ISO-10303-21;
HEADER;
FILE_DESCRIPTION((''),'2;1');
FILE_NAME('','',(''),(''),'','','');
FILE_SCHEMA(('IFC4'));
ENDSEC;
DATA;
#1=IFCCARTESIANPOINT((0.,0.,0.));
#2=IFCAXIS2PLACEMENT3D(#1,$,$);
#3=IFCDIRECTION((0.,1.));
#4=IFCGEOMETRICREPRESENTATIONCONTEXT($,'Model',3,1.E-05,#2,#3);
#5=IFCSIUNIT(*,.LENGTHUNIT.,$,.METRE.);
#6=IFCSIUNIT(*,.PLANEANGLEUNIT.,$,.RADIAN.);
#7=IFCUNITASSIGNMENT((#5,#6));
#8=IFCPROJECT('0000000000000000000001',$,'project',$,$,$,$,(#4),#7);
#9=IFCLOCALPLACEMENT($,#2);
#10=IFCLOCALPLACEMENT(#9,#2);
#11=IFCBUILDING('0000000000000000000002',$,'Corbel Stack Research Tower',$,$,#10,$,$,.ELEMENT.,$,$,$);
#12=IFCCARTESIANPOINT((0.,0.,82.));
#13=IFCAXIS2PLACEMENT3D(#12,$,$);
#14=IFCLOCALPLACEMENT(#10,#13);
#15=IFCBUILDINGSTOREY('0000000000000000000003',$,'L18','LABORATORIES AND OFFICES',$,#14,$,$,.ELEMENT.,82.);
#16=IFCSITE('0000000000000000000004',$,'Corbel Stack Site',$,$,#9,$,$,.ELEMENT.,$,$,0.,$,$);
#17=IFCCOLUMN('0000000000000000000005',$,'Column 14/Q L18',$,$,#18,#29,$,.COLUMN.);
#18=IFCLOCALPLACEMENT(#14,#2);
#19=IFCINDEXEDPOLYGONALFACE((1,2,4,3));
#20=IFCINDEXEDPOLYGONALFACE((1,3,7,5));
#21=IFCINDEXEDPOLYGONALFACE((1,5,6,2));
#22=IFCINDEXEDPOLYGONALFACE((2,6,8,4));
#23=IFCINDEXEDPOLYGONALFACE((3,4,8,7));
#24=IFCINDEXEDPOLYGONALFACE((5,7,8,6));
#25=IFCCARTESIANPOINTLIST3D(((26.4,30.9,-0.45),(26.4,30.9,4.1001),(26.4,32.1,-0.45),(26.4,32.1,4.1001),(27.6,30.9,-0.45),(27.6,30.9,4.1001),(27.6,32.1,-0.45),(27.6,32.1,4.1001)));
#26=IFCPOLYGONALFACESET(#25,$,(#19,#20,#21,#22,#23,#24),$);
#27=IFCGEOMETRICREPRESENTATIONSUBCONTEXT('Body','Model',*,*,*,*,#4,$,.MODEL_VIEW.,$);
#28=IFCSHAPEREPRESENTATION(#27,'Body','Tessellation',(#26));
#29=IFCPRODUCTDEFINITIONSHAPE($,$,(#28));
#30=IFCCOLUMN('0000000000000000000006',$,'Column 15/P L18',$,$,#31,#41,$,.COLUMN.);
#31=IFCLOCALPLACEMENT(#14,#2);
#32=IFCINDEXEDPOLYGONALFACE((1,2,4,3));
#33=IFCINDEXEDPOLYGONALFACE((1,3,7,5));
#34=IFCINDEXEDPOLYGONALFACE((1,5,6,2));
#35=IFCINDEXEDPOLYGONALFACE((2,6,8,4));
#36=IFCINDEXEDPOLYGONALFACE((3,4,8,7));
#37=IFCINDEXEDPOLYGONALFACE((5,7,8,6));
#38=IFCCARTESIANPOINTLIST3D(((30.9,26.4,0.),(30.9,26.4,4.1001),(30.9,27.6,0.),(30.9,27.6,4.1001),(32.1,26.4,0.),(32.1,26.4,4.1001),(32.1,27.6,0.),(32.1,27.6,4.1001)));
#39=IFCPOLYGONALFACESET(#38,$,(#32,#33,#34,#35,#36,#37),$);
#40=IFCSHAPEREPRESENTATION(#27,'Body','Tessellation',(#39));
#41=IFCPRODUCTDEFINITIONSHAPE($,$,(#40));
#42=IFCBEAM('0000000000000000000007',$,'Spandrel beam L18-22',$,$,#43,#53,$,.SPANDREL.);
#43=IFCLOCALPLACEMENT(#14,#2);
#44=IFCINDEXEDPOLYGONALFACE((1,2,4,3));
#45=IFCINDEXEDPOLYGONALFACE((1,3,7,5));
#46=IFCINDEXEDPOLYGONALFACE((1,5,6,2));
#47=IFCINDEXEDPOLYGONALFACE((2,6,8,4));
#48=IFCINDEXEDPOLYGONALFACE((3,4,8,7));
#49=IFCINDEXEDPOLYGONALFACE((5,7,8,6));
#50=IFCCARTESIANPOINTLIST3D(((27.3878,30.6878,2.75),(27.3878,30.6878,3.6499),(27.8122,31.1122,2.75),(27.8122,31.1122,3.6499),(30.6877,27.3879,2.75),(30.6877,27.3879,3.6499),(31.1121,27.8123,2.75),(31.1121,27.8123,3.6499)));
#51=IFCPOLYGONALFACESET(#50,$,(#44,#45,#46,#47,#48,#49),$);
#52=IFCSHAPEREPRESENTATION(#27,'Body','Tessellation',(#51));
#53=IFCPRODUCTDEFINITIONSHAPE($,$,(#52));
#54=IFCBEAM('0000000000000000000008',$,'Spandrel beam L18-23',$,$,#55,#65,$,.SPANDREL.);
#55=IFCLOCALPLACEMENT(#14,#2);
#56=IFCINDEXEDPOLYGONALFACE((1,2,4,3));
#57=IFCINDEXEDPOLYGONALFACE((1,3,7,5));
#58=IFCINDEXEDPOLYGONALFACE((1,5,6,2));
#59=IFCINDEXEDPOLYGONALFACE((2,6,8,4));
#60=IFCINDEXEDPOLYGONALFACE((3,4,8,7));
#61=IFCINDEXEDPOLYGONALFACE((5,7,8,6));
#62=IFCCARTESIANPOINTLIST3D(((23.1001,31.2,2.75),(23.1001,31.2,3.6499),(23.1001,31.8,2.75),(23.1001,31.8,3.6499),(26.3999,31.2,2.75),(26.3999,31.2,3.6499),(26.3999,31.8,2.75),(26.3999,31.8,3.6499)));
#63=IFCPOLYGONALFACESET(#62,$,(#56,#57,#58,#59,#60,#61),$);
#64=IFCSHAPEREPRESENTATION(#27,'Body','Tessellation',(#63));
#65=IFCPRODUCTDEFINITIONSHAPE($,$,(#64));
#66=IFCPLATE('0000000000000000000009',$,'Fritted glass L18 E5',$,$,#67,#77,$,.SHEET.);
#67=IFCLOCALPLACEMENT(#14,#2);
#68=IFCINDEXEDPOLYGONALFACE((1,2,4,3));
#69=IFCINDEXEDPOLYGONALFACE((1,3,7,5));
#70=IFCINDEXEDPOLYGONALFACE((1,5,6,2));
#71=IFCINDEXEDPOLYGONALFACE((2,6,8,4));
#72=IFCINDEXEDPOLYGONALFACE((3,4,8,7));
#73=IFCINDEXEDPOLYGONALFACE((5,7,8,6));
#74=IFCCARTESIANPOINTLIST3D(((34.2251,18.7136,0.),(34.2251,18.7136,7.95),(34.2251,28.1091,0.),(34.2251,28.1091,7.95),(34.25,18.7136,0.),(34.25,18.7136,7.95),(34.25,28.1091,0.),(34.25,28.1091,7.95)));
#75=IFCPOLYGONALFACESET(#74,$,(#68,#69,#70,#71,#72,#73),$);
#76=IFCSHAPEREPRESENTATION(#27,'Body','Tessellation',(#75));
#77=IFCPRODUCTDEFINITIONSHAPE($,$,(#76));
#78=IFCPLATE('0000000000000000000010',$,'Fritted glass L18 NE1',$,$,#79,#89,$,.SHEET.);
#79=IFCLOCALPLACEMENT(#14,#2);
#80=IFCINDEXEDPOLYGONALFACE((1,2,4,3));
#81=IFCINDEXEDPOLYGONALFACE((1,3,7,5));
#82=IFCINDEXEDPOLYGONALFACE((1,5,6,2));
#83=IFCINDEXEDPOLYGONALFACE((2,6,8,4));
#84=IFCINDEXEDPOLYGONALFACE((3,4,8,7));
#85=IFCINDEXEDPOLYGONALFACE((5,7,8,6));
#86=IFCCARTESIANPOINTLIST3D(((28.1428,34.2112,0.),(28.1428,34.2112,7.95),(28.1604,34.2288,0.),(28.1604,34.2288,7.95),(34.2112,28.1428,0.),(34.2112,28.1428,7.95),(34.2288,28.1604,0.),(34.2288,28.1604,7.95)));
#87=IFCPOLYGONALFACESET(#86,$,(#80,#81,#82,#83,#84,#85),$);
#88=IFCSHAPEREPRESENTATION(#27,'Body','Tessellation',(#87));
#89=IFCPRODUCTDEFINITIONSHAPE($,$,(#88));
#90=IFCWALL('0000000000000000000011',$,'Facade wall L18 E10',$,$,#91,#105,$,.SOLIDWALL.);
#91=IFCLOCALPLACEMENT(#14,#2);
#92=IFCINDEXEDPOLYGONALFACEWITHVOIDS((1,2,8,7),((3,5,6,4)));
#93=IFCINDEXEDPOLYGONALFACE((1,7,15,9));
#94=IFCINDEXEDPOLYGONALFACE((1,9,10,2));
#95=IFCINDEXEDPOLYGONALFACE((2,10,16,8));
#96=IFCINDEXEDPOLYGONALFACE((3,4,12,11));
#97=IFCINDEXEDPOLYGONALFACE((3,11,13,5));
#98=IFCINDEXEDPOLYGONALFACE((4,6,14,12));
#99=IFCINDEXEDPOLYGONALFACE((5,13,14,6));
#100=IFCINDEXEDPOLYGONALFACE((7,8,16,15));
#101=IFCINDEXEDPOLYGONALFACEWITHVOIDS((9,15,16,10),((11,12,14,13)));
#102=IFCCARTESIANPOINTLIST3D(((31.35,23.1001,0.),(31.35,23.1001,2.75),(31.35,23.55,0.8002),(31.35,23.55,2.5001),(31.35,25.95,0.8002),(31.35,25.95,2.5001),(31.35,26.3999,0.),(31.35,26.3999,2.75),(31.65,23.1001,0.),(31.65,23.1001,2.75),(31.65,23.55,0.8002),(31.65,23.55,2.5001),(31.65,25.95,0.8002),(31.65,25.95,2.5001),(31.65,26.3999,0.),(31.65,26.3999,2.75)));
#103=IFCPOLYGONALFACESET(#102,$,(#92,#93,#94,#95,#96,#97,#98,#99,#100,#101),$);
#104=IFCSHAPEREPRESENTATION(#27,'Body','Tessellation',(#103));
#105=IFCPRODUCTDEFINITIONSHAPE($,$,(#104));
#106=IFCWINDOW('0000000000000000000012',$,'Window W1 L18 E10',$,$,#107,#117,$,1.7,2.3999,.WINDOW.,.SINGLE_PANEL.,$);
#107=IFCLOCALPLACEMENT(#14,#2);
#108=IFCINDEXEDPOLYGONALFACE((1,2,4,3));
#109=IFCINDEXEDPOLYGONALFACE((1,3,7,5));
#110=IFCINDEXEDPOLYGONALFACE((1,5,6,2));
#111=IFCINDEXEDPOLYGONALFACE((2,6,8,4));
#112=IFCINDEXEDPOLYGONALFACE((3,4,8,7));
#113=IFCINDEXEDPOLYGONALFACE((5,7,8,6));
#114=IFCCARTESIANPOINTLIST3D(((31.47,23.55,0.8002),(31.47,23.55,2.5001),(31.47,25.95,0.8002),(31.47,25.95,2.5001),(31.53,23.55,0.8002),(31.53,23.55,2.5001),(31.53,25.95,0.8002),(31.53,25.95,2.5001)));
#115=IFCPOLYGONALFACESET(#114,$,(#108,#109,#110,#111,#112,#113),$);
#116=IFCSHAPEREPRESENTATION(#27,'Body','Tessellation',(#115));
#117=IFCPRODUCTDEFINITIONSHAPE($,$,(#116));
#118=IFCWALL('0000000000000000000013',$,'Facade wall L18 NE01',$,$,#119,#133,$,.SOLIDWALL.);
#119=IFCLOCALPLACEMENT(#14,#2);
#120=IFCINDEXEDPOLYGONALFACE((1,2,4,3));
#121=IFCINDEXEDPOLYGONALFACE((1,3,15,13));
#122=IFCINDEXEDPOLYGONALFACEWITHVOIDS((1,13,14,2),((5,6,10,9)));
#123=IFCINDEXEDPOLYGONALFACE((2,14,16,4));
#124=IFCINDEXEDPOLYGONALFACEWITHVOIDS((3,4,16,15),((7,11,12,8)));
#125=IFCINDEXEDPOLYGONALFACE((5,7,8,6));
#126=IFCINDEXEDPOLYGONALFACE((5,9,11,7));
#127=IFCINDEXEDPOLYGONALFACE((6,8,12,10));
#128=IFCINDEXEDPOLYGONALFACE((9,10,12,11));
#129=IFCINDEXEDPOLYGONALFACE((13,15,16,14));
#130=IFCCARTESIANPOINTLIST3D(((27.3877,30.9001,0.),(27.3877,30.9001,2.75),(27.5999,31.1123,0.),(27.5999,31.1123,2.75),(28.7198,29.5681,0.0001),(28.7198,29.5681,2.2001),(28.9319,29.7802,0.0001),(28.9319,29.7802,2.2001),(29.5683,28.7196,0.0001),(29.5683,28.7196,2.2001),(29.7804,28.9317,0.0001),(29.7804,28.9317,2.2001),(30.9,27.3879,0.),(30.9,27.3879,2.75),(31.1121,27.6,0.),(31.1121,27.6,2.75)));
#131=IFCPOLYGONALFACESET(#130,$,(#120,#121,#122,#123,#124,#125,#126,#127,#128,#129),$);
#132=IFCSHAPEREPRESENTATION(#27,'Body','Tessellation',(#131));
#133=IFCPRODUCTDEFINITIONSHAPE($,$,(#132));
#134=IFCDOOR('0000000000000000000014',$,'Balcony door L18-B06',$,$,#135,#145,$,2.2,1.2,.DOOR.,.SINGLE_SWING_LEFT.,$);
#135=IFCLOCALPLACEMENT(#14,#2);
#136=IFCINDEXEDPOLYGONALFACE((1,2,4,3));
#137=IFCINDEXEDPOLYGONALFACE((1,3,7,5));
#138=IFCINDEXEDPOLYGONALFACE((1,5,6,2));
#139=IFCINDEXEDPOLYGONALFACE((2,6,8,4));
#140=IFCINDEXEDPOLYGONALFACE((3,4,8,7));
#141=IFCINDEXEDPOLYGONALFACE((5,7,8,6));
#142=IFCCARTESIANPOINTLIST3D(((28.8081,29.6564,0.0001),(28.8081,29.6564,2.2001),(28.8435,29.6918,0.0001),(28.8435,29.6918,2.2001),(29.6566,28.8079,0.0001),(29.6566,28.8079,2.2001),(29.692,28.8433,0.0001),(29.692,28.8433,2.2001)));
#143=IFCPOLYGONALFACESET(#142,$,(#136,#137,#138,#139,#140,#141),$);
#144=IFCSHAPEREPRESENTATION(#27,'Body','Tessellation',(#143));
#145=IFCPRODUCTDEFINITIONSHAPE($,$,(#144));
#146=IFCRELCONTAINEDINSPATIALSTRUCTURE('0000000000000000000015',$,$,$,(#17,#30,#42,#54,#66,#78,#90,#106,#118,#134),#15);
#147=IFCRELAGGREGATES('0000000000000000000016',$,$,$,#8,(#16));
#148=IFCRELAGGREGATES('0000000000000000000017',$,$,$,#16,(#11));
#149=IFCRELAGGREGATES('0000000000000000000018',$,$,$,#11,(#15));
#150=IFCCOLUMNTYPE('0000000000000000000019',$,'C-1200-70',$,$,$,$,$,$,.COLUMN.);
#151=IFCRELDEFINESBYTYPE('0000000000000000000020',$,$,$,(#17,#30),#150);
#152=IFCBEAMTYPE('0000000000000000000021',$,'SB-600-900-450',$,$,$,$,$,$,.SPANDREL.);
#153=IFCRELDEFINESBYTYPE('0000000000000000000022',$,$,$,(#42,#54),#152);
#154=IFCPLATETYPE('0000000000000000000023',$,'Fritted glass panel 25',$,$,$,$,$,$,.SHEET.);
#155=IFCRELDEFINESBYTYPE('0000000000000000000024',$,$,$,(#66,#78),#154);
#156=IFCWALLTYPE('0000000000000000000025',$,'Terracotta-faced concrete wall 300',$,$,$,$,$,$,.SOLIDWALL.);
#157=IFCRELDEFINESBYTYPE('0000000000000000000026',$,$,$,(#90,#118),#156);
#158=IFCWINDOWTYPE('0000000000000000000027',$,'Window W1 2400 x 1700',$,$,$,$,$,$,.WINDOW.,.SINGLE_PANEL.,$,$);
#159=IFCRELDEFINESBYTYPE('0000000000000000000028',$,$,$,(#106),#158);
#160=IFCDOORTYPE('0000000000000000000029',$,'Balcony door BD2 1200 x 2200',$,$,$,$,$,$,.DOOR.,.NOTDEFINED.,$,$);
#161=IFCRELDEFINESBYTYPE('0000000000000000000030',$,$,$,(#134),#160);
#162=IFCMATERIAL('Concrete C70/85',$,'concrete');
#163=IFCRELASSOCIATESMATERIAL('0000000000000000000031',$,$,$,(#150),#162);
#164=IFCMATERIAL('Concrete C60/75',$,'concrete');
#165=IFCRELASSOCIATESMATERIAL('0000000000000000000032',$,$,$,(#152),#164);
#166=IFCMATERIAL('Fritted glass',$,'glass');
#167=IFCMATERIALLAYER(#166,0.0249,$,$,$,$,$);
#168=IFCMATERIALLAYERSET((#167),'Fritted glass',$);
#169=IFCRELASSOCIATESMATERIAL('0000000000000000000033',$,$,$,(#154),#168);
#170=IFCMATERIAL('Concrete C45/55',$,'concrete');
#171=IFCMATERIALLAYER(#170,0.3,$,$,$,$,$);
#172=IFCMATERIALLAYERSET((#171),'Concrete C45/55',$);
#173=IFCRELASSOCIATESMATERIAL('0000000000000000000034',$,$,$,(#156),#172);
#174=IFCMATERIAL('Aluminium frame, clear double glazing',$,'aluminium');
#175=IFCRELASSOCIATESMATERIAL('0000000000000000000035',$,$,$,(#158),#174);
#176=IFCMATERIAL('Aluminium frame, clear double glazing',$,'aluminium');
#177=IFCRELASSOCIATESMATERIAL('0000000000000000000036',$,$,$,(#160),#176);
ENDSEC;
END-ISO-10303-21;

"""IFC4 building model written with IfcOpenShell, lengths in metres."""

from ifc_helpers import new_model, si_unit, direction, frame, frame_2d, origin, origin_2d, place, context, subcontext, project, spatial, rectangle, extrude, material, layer, layer_set, material_profile, profile_set, type_object, element, fill, save


model = new_model("IFC4")

# Units and contexts
model_context = context("Model", 3, precision=1e-05, world=origin(), true_north=direction((0.0, 1.0)))
body_context = subcontext(model_context, "Body", "Model", "MODEL_VIEW")
ifc_project = project(units=[si_unit("LENGTHUNIT", "METRE"), si_unit("PLANEANGLEUNIT", "RADIAN")], contexts=[model_context])

# Site, building, storey
site_placement = place(None, origin())
site = spatial("IfcSite", under=ifc_project, at=site_placement, Name="Corbel Stack Site", CompositionType="ELEMENT", RefElevation=0.0)
building_placement = place(site_placement, origin())
building = spatial("IfcBuilding", under=site, at=building_placement, Name="Corbel Stack Research Tower", CompositionType="ELEMENT")
storey_placement = place(building_placement, frame((0.0, 0.0, 82.0)))
storey = spatial("IfcBuildingStorey", under=building, at=storey_placement, Name="L18", Description="LABORATORIES AND OFFICES", CompositionType="ELEMENT", Elevation=82.0)

# Columns
ifc_material_1 = material(Name="Concrete C70/85", Category="concrete")
ifc_material_profile_1 = material_profile(ifc_material_1, rectangle(XDim=1.2, YDim=1.2, at=origin_2d()), Name="RC 1200 x 1200")
ifc_profile_set_1 = profile_set([ifc_material_profile_1], Name="Concrete C70/85")
column_type = type_object("IfcColumnType", Name="C-1200-70", PredefinedType="COLUMN", material=ifc_profile_set_1)
column_1_placement = place(storey_placement, frame((27.0, 31.5, -0.45), z_axis=(0.0, 0.0, 1.0), x_axis=(1.0, 0.0, 0.0)))
element("IfcColumn", 1, at=column_1_placement, inside=storey, type_object=column_type, Name="Column 14/Q L18", PredefinedType="COLUMN", context=body_context, shape_type="SweptSolid", body=[
    extrude(rectangle(XDim=1.2, YDim=1.2, at=origin_2d()), origin(), (0.0, 0.0, 1.0), 4.55),
])
column_2_placement = place(storey_placement, frame((31.5, 27.0, 0.0), z_axis=(0.0, 0.0, 1.0), x_axis=(1.0, 0.0, 0.0)))
element("IfcColumn", 2, at=column_2_placement, inside=storey, type_object=column_type, Name="Column 15/P L18", PredefinedType="COLUMN", context=body_context, shape_type="SweptSolid", body=[
    extrude(rectangle(XDim=1.2, YDim=1.2, at=origin_2d()), origin(), (0.0, 0.0, 1.0), 4.1001),
])

# Beams
ifc_material_2 = material(Name="Concrete C60/75", Category="concrete")
ifc_material_profile_2 = material_profile(ifc_material_2, rectangle(XDim=0.6001, YDim=0.8999, at=origin_2d()), Name="RC 600 x 900")
ifc_profile_set_2 = profile_set([ifc_material_profile_2], Name="Concrete C60/75")
beam_type = type_object("IfcBeamType", Name="SB-600-900-450", PredefinedType="SPANDREL", material=ifc_profile_set_2)
beam_1_placement = place(storey_placement, frame((30.8999, 27.6001, 3.2), z_axis=(-0.707107, 0.707107, 0.0), x_axis=(-0.707107, -0.707107, 0.0)))
element("IfcBeam", 3, at=beam_1_placement, inside=storey, type_object=beam_type, Name="Spandrel beam L18-22", PredefinedType="SPANDREL", context=body_context, shape_type="SweptSolid", body=[
    extrude(rectangle(XDim=0.6001, YDim=0.8999, at=origin_2d()), origin(), (0.0, 0.0, 1.0), 4.6667),
])
beam_2_placement = place(storey_placement, frame((26.3999, 31.5, 3.2), z_axis=(-1.0, 0.0, 0.0), x_axis=(0.0, -1.0, 0.0)))
element("IfcBeam", 4, at=beam_2_placement, inside=storey, type_object=beam_type, Name="Spandrel beam L18-23", PredefinedType="SPANDREL", context=body_context, shape_type="SweptSolid", body=[
    extrude(rectangle(XDim=0.6001, YDim=0.8999, at=origin_2d()), origin(), (0.0, 0.0, 1.0), 3.2998),
])

# Plates
ifc_material_3 = material(Name="Fritted glass", Category="glass")
ifc_layer_1 = layer(ifc_material_3, 0.0249)
ifc_layer_set_1 = layer_set([ifc_layer_1], Name="Fritted glass")
plate_type = type_object("IfcPlateType", Name="Fritted glass panel 25", PredefinedType="SHEET", material=ifc_layer_set_1)
plate_1_placement = place(storey_placement, frame((34.2375, 23.4114, 0.0), z_axis=(0.0, 0.0, 1.0), x_axis=(0.0, 1.0, 0.0)))
element("IfcPlate", 5, at=plate_1_placement, inside=storey, type_object=plate_type, Name="Fritted glass L18 E5", PredefinedType="SHEET", context=body_context, shape_type="SweptSolid", body=[
    extrude(rectangle(XDim=9.3955, YDim=0.0249, at=origin_2d()), origin(), (0.0, 0.0, 1.0), 7.95),
])
plate_2_placement = place(storey_placement, frame((31.1858, 31.1858, 0.0), z_axis=(0.0, 0.0, 1.0), x_axis=(-0.707107, 0.707107, 0.0)))
element("IfcPlate", 6, at=plate_2_placement, inside=storey, type_object=plate_type, Name="Fritted glass L18 NE1", PredefinedType="SHEET", context=body_context, shape_type="SweptSolid", body=[
    extrude(rectangle(XDim=8.582, YDim=0.0249, at=origin_2d()), origin(), (0.0, 0.0, 1.0), 7.95),
])

# Wall, opening, window
ifc_material_4 = material(Name="Concrete C45/55", Category="concrete")
ifc_layer_2 = layer(ifc_material_4, 0.3)
ifc_layer_set_2 = layer_set([ifc_layer_2], Name="Concrete C45/55")
wall_type = type_object("IfcWallType", Name="Terracotta-faced concrete wall 300", PredefinedType="SOLIDWALL", material=ifc_layer_set_2)
wall_1_placement = place(storey_placement, frame((31.5, 26.3999, 0.0), z_axis=(0.0, 0.0, 1.0), x_axis=(0.0, -1.0, 0.0)))
wall_1 = element("IfcWall", 7, at=wall_1_placement, inside=storey, type_object=wall_type, Name="Facade wall L18 E10", PredefinedType="SOLIDWALL", context=body_context, shape_type="SweptSolid", body=[
    extrude(rectangle(XDim=3.2998, YDim=0.3, at=frame_2d((1.6499, 0.0))), origin(), (0.0, 0.0, 1.0), 2.75),
])
opening_1_placement = place(wall_1_placement, frame((0.45, 0.0, 0.8)))
opening_1 = element("IfcOpeningElement", 8, at=opening_1_placement, cuts=wall_1, PredefinedType="OPENING", context=body_context, shape_type="SweptSolid", body=[
    extrude(rectangle(XDim=2.3999, YDim=1.7, at=frame_2d((1.2, 0.8501))), frame((0.0, 0.1599, 0.0), z_axis=(0.0, -1.0, 0.0), x_axis=(1.0, 0.0, 0.0)), (0.0, 0.0, 1.0), 0.3201),
])
ifc_material_5 = material(Name="Aluminium frame, clear double glazing", Category="aluminium")
window_type = type_object("IfcWindowType", Name="Window W1 2400 x 1700", PartitioningType="SINGLE_PANEL", PredefinedType="WINDOW", material=ifc_material_5)
window_placement = place(opening_1_placement, origin())
window = element("IfcWindow", 9, at=window_placement, inside=storey, type_object=window_type, Name="Window W1 L18 E10", OverallHeight=1.7, OverallWidth=2.3999, PartitioningType="SINGLE_PANEL", PredefinedType="WINDOW", context=body_context, shape_type="SweptSolid", body=[
    extrude(rectangle(XDim=2.3999, YDim=1.7, at=frame_2d((1.2, 0.8501))), frame((0.0, 0.03, 0.0), z_axis=(0.0, -1.0, 0.0), x_axis=(1.0, 0.0, 0.0)), (0.0, 0.0, 1.0), 0.0601),
])
fill(opening_1, window)

# Wall, opening, door
wall_2_placement = place(storey_placement, frame((27.4939, 31.0061, 0.0), z_axis=(0.0, 0.0, 1.0), x_axis=(0.707107, -0.707107, 0.0)))
wall_2 = element("IfcWall", 10, at=wall_2_placement, inside=storey, type_object=wall_type, Name="Facade wall L18 NE01", PredefinedType="SOLIDWALL", context=body_context, shape_type="SweptSolid", body=[
    extrude(rectangle(XDim=4.967, YDim=0.3, at=frame_2d((2.4834, 0.0))), origin(), (0.0, 0.0, 1.0), 2.75),
])
opening_2_placement = place(wall_2_placement, frame((1.8835, 0.0, 0.0)))
opening_2 = element("IfcOpeningElement", 11, at=opening_2_placement, cuts=wall_2, PredefinedType="OPENING", context=body_context, shape_type="SweptSolid", body=[
    extrude(rectangle(XDim=1.2, YDim=2.2, at=frame_2d((0.6001, 1.1001))), frame((0.0, 0.1599, 0.0), z_axis=(0.0, -1.0, 0.0), x_axis=(1.0, 0.0, 0.0)), (0.0, 0.0, 1.0), 0.3201),
])
ifc_material_6 = material(Name="Aluminium frame, clear double glazing", Category="aluminium")
door_type = type_object("IfcDoorType", Name="Balcony door BD2 1200 x 2200", OperationType="NOTDEFINED", PredefinedType="DOOR", material=ifc_material_6)
door_placement = place(opening_2_placement, origin())
door = element("IfcDoor", 12, at=door_placement, inside=storey, type_object=door_type, Name="Balcony door L18-B06", OperationType="SINGLE_SWING_LEFT", OverallHeight=2.2, OverallWidth=1.2, PredefinedType="DOOR", context=body_context, shape_type="SweptSolid", body=[
    extrude(rectangle(XDim=1.2, YDim=2.2, at=frame_2d((0.6001, 1.1001))), frame((0.0, 0.0249, 0.0), z_axis=(0.0, -1.0, 0.0), x_axis=(1.0, 0.0, 0.0)), (0.0, 0.0, 1.0), 0.05),
])
fill(opening_2, door)

save(model, "model.ifc")
